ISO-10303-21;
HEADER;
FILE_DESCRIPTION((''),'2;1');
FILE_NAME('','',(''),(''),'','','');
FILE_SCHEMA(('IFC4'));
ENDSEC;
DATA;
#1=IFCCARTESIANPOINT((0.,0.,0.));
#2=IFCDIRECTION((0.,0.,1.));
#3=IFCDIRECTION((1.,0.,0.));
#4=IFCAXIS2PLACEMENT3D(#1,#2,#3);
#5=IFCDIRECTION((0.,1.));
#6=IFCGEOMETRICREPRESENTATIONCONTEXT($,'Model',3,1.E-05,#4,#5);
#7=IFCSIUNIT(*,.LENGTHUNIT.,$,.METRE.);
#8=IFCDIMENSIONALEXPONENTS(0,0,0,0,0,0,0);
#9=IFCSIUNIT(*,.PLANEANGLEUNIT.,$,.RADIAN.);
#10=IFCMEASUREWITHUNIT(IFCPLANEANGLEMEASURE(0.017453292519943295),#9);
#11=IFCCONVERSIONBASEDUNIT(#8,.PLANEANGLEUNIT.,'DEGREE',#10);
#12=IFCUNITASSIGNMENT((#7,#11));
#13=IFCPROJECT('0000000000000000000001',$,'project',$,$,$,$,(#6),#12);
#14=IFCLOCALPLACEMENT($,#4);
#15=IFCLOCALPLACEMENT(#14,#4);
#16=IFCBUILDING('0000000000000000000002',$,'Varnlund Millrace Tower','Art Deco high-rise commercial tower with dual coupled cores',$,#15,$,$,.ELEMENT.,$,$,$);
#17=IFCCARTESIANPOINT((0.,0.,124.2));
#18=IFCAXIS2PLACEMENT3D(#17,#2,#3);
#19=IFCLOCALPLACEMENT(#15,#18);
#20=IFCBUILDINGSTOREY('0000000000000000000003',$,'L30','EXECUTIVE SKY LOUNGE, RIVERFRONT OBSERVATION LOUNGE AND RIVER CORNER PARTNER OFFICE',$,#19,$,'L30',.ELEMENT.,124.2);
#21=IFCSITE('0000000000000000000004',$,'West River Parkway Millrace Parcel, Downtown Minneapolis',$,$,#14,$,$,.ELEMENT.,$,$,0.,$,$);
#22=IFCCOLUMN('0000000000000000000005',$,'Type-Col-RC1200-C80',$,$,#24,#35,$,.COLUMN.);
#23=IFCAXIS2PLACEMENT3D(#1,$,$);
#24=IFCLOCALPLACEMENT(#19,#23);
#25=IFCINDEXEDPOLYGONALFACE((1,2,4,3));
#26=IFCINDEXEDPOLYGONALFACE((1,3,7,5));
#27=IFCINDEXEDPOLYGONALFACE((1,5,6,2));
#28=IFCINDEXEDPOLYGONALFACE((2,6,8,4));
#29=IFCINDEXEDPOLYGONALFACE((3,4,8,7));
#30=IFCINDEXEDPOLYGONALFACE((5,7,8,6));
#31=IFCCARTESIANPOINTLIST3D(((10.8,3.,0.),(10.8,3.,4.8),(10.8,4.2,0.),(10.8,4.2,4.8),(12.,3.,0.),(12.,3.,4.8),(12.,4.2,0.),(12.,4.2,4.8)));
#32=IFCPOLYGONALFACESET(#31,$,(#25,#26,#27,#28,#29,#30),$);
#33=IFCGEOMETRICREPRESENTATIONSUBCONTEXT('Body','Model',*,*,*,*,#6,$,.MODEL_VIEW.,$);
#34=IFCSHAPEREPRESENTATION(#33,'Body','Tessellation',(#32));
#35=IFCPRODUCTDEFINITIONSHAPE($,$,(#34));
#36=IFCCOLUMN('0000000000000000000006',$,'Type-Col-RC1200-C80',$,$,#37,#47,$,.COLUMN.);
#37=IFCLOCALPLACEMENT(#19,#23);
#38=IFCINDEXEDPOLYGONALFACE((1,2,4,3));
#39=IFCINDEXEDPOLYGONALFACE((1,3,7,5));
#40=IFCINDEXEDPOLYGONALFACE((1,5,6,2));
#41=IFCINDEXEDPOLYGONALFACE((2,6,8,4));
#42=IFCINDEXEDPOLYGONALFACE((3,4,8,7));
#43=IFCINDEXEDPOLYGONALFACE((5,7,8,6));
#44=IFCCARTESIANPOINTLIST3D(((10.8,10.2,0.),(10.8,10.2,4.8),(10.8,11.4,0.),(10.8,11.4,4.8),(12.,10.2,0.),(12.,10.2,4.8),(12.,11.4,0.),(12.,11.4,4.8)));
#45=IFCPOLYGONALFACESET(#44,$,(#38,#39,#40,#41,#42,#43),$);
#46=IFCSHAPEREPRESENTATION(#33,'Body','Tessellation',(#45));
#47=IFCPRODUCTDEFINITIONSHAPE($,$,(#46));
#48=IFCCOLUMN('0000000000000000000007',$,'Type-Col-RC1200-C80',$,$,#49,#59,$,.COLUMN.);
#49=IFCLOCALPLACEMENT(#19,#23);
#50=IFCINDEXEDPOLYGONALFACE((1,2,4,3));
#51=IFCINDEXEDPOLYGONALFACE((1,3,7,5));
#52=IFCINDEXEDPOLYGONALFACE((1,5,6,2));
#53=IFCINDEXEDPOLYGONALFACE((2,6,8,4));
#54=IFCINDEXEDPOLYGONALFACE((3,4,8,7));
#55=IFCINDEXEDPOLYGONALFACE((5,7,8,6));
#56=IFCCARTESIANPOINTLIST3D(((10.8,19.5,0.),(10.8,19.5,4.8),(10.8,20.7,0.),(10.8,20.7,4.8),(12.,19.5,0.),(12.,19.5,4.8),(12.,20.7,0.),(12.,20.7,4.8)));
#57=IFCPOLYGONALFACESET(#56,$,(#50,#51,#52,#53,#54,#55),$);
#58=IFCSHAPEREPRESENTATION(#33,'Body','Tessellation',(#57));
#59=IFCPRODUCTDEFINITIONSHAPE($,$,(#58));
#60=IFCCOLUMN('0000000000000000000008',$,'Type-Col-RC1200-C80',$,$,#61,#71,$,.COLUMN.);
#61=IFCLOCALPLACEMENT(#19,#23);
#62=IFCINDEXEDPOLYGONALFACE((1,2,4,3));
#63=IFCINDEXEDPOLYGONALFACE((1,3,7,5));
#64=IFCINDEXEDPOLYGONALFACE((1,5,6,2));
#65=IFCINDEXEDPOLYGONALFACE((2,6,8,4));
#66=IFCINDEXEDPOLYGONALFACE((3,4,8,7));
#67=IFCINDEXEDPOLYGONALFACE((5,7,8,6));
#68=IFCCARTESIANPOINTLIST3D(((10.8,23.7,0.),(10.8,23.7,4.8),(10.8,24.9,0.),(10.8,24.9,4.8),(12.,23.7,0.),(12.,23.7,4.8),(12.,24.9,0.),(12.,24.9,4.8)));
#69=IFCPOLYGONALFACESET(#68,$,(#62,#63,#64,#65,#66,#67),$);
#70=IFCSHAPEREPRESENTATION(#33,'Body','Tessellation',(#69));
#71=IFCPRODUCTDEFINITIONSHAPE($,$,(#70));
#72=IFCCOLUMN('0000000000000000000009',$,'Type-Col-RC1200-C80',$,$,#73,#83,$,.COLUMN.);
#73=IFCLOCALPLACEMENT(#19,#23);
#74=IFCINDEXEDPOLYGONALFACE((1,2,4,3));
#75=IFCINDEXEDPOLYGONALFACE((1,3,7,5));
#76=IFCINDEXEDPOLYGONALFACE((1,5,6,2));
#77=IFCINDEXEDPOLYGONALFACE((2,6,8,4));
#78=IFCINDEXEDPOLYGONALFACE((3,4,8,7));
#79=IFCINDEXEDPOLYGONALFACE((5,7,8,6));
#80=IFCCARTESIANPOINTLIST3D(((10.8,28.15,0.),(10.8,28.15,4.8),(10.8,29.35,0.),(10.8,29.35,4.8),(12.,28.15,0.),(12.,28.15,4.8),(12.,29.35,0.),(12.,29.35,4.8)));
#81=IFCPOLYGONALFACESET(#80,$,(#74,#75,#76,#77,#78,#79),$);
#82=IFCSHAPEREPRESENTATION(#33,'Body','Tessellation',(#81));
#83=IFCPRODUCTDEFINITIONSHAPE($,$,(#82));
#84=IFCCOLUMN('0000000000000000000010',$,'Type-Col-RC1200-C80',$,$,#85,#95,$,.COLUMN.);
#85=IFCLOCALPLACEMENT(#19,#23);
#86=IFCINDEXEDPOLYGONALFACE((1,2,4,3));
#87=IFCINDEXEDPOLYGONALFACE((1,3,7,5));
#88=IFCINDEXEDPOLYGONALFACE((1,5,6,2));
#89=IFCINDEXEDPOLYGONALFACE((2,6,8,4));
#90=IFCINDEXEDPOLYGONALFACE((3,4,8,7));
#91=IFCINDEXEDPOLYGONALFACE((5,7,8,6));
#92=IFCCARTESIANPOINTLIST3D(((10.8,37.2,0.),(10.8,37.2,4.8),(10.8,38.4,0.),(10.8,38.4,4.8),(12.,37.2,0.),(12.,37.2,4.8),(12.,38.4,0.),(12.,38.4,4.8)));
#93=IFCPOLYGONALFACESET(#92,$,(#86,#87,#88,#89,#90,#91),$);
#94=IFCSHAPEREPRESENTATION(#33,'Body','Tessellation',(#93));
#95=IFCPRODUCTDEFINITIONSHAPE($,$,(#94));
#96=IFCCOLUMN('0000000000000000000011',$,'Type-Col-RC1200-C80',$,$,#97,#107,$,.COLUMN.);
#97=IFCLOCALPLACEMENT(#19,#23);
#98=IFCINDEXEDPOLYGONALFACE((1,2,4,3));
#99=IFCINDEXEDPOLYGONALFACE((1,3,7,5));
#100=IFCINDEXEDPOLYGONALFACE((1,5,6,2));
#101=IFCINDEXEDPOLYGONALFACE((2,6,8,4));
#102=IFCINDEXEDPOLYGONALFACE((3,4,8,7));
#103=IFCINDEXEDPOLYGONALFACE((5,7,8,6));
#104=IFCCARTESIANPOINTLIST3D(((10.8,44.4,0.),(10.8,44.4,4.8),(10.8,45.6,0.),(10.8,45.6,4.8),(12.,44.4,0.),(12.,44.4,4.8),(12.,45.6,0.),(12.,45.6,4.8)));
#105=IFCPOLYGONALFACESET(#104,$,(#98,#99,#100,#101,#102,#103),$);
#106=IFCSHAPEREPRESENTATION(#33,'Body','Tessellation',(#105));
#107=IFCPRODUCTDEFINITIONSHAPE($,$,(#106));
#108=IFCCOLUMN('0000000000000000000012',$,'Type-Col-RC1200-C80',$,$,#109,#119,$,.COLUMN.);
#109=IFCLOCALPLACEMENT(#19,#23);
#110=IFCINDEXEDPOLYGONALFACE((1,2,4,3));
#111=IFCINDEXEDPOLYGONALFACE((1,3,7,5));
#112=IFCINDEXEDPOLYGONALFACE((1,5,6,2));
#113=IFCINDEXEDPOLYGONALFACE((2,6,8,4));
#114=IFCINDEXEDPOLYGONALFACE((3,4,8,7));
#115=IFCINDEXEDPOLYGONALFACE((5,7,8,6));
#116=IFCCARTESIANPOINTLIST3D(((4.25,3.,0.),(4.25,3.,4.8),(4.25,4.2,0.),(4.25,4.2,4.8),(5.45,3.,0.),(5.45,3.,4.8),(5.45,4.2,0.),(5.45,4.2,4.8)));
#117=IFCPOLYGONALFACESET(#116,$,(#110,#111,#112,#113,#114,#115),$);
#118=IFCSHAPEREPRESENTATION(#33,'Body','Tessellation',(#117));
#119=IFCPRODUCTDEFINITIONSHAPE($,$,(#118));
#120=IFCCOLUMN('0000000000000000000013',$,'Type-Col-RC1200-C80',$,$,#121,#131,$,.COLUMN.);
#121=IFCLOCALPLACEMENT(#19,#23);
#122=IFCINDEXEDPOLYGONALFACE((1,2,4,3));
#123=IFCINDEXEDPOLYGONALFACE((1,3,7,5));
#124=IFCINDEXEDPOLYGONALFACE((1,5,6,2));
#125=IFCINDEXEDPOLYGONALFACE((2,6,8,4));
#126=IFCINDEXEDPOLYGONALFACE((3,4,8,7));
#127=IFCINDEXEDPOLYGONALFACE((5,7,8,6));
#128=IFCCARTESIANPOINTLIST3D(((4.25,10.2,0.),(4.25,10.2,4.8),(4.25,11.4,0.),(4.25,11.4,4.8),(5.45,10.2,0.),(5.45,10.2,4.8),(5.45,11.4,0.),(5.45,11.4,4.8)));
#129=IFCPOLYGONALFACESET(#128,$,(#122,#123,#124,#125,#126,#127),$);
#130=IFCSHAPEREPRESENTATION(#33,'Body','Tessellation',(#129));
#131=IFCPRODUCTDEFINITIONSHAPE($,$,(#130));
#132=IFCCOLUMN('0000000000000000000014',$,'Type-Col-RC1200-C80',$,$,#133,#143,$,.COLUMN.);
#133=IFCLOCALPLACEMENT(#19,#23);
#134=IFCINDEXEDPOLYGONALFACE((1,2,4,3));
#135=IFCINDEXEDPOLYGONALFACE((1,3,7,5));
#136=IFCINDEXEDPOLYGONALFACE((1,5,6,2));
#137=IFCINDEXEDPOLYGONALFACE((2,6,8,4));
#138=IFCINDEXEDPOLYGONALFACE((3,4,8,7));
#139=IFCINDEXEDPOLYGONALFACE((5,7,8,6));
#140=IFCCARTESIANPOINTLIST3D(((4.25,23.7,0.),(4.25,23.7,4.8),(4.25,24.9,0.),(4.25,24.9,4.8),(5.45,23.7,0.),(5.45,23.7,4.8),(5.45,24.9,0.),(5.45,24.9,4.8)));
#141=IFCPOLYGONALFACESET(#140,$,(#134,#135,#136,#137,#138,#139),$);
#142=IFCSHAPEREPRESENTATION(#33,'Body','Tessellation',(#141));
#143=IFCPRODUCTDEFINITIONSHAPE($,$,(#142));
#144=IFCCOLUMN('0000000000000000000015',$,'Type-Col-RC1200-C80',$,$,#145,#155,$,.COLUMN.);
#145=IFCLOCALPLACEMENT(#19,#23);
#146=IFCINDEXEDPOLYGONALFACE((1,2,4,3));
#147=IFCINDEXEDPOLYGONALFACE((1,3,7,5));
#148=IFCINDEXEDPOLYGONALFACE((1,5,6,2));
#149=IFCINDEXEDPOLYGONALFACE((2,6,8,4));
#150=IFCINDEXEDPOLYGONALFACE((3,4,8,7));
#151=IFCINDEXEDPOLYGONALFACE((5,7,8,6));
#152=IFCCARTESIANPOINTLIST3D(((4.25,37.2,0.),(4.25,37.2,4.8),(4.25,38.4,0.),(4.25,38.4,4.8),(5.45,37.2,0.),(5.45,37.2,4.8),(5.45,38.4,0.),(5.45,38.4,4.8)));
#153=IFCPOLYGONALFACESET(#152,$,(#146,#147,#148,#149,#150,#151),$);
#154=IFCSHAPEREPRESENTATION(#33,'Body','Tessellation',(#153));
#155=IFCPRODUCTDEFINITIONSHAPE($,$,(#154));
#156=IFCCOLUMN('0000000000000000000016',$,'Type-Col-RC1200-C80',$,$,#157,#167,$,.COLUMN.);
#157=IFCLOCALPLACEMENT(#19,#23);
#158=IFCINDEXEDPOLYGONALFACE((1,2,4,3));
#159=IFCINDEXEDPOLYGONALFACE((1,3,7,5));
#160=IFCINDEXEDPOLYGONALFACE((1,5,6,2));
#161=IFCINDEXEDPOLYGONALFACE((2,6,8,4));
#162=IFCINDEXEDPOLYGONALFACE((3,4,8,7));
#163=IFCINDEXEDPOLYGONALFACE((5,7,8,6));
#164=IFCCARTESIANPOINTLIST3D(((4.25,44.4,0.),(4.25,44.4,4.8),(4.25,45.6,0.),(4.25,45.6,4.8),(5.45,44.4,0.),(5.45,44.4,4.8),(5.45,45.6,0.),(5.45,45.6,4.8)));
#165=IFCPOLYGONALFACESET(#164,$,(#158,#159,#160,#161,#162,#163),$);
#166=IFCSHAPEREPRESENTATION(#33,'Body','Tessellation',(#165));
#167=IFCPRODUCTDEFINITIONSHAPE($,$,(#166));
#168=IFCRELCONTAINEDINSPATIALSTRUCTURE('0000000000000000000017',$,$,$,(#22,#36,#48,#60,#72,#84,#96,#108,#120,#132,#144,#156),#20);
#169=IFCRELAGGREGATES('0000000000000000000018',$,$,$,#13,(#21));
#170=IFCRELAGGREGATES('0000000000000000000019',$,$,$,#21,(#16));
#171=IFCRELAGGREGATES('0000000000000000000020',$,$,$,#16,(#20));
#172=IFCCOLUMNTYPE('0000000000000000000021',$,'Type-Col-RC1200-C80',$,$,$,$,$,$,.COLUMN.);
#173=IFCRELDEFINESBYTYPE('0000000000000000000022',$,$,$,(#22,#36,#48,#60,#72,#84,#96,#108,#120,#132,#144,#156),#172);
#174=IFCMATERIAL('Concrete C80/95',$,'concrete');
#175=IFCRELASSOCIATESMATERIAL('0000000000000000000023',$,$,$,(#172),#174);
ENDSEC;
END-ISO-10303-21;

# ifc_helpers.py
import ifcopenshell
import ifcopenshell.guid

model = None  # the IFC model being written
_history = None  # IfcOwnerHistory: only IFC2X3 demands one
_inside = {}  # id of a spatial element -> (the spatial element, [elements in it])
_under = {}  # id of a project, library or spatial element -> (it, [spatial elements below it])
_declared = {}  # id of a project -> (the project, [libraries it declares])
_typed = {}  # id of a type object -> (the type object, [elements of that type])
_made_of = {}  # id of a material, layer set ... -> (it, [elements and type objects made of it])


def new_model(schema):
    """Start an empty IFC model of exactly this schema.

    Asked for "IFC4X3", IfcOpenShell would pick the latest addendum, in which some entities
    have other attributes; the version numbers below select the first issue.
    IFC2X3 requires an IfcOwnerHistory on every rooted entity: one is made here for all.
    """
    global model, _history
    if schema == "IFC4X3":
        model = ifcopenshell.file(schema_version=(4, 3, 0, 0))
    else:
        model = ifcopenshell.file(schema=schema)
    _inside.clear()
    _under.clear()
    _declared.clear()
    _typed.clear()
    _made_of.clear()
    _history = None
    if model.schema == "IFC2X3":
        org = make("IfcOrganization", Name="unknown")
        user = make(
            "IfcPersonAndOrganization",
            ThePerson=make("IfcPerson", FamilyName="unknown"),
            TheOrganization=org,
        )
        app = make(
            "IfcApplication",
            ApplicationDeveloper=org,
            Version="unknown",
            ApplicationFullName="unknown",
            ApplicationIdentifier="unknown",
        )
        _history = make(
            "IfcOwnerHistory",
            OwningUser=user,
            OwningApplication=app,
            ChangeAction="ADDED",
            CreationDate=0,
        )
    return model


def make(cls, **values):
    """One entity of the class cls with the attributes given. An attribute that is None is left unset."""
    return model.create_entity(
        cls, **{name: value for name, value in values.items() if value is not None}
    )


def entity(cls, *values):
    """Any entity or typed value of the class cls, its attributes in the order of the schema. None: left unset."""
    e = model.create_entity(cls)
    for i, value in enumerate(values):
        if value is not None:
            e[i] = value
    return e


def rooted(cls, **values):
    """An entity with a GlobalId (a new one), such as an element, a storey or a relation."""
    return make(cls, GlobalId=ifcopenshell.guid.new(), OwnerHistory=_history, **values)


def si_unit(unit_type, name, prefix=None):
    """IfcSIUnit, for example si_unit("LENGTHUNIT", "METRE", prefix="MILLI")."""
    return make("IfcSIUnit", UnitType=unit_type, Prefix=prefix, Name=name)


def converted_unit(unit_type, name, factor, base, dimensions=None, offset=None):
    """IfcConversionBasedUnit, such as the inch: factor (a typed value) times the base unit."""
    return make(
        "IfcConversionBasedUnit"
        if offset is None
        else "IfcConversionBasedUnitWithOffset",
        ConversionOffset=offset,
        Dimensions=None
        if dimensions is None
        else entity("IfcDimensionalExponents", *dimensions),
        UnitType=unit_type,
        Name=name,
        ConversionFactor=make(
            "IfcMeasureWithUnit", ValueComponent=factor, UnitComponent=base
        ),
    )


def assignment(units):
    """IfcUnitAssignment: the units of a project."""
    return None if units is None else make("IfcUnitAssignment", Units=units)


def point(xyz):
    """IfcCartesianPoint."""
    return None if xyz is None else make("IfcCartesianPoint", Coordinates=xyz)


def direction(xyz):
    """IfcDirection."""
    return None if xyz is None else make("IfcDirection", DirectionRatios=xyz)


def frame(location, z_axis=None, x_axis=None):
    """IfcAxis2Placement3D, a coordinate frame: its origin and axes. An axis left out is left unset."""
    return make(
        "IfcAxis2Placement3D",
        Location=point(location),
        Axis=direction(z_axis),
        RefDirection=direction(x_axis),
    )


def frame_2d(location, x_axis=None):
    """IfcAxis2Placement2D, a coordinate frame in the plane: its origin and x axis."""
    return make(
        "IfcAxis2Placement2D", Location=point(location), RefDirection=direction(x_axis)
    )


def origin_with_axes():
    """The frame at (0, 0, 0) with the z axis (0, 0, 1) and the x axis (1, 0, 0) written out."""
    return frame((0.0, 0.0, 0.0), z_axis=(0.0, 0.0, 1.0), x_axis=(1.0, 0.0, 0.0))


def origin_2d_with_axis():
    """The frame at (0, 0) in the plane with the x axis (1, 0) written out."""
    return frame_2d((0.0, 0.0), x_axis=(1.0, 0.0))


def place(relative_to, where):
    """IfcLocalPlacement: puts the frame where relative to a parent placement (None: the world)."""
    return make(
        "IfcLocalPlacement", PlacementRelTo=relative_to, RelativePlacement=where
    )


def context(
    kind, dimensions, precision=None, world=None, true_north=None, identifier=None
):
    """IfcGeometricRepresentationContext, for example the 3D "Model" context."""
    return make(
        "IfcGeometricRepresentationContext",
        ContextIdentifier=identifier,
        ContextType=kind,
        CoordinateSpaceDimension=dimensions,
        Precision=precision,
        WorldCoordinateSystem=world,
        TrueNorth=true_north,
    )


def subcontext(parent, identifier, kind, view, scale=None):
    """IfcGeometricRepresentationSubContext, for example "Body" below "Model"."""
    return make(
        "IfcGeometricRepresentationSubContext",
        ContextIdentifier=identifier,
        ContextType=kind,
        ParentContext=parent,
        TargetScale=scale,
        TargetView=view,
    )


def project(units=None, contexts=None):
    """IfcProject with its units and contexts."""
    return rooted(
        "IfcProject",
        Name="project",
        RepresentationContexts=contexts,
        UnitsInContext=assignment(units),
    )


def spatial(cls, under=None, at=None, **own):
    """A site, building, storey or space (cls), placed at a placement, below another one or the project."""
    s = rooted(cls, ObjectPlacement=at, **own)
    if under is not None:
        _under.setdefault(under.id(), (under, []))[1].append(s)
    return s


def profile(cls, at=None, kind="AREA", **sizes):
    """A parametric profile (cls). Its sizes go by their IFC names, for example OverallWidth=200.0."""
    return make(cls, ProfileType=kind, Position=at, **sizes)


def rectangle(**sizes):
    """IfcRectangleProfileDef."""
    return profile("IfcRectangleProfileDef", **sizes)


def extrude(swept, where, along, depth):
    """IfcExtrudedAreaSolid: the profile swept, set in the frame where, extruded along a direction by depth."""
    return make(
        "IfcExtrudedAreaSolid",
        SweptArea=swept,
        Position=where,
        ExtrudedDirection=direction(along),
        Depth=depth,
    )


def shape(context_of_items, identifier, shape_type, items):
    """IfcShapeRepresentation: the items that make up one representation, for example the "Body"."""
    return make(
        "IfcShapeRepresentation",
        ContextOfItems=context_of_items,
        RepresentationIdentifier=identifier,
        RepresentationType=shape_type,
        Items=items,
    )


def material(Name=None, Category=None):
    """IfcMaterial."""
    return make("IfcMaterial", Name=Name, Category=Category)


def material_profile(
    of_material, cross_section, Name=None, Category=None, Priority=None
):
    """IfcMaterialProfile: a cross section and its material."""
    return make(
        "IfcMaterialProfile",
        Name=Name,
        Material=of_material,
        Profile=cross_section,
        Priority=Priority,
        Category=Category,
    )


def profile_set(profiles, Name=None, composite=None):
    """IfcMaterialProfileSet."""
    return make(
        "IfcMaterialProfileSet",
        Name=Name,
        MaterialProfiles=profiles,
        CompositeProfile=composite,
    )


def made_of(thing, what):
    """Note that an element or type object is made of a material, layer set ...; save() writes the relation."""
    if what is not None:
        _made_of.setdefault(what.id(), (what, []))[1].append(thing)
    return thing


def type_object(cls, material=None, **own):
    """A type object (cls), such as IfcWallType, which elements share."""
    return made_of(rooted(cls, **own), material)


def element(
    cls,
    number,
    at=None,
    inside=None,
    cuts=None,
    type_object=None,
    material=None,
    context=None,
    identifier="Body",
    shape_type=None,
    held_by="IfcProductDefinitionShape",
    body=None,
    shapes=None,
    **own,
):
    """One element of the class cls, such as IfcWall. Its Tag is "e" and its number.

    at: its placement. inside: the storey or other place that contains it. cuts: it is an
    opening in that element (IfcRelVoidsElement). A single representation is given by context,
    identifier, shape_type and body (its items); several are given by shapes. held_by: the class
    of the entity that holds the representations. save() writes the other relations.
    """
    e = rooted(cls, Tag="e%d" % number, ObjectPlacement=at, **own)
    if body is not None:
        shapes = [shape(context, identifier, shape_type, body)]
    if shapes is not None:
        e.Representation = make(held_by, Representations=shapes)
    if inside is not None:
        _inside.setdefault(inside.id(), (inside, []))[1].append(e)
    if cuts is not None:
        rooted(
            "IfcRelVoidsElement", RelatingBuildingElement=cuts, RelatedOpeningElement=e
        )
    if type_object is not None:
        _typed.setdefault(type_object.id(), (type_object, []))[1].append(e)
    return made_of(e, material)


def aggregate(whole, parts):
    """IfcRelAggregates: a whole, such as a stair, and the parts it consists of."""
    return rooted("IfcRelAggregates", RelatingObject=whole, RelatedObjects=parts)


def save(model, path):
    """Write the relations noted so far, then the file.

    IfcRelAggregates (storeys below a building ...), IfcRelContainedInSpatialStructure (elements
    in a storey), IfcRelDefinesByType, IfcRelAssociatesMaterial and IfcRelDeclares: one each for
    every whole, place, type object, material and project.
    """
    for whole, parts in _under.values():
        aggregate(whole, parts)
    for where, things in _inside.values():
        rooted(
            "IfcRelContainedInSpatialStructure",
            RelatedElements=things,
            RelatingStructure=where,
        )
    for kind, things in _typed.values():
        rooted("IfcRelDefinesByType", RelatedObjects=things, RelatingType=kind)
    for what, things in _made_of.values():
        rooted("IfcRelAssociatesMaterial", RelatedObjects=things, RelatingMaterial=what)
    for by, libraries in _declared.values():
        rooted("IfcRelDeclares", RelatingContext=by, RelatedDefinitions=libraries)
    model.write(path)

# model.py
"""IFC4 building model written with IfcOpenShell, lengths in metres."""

from ifc_helpers import new_model, entity, si_unit, converted_unit, direction, frame, origin_with_axes, origin_2d_with_axis, place, context, subcontext, project, spatial, rectangle, extrude, material, material_profile, profile_set, type_object, element, save


model = new_model("IFC4")

# Units and contexts
model_context = context("Model", 3, precision=1e-05, world=origin_with_axes(), true_north=direction((0.0, 1.0)))
body_context = subcontext(model_context, "Body", "Model", "MODEL_VIEW")
ifc_project = project(units=[si_unit("LENGTHUNIT", "METRE"), converted_unit("PLANEANGLEUNIT", "DEGREE", entity("IfcPlaneAngleMeasure", 0.017453292519943295), si_unit("PLANEANGLEUNIT", "RADIAN"), dimensions=[0, 0, 0, 0, 0, 0, 0])], contexts=[model_context])

# Site, building, storey
site_placement = place(None, origin_with_axes())
site = spatial("IfcSite", under=ifc_project, at=site_placement, Name="West River Parkway Millrace Parcel, Downtown Minneapolis", CompositionType="ELEMENT", RefElevation=0.0)
building_placement = place(site_placement, origin_with_axes())
building = spatial("IfcBuilding", under=site, at=building_placement, Name="Varnlund Millrace Tower", Description="Art Deco high-rise commercial tower with dual coupled cores", CompositionType="ELEMENT")
storey_placement = place(building_placement, frame((0.0, 0.0, 124.2), z_axis=(0.0, 0.0, 1.0), x_axis=(1.0, 0.0, 0.0)))
storey = spatial("IfcBuildingStorey", under=building, at=storey_placement, Name="L30", Description="EXECUTIVE SKY LOUNGE, RIVERFRONT OBSERVATION LOUNGE AND RIVER CORNER PARTNER OFFICE", LongName="L30", CompositionType="ELEMENT", Elevation=124.2)

# Columns
ifc_material_1 = material(Name="Concrete C80/95", Category="concrete")
ifc_material_profile = material_profile(ifc_material_1, rectangle(XDim=1.2, YDim=1.2, at=origin_2d_with_axis()), Name="Concrete C80/95")
ifc_profile_set = profile_set([ifc_material_profile], Name="Concrete C80/95")
column_type = type_object("IfcColumnType", Name="Type-Col-RC1200-C80", PredefinedType="COLUMN", material=ifc_profile_set)
for number, where, z_axis, x_axis, name in (
    (1, (11.4, 3.6, 0.0), (0.0, 0.0, 1.0), (1.0, 0.0, 0.0), "Type-Col-RC1200-C80"),
    (2, (11.4, 10.8, 0.0), (0.0, 0.0, 1.0), (1.0, 0.0, 0.0), "Type-Col-RC1200-C80"),
    (3, (11.4, 20.1, 0.0), (0.0, 0.0, 1.0), (1.0, 0.0, 0.0), "Type-Col-RC1200-C80"),
    (4, (11.4, 24.3, 0.0), (0.0, 0.0, 1.0), (1.0, 0.0, 0.0), "Type-Col-RC1200-C80"),
    (5, (11.4, 28.75, 0.0), (0.0, 0.0, 1.0), (1.0, 0.0, 0.0), "Type-Col-RC1200-C80"),
    (6, (11.4, 37.8, 0.0), (0.0, 0.0, 1.0), (1.0, 0.0, 0.0), "Type-Col-RC1200-C80"),
    (7, (11.4, 45.0, 0.0), (0.0, 0.0, 1.0), (1.0, 0.0, 0.0), "Type-Col-RC1200-C80"),
    (8, (4.85, 3.6, 0.0), (0.0, 0.0, 1.0), (1.0, 0.0, 0.0), "Type-Col-RC1200-C80"),
    (9, (4.85, 10.8, 0.0), (0.0, 0.0, 1.0), (1.0, 0.0, 0.0), "Type-Col-RC1200-C80"),
    (10, (4.85, 24.3, 0.0), (0.0, 0.0, 1.0), (1.0, 0.0, 0.0), "Type-Col-RC1200-C80"),
    (11, (4.85, 37.8, 0.0), (0.0, 0.0, 1.0), (1.0, 0.0, 0.0), "Type-Col-RC1200-C80"),
    (12, (4.85, 45.0, 0.0), (0.0, 0.0, 1.0), (1.0, 0.0, 0.0), "Type-Col-RC1200-C80"),
):
    element("IfcColumn", number, at=place(storey_placement, frame(where, z_axis=z_axis, x_axis=x_axis)), inside=storey, type_object=column_type, Name=name, PredefinedType="COLUMN", context=body_context, shape_type="SweptSolid", body=[
        extrude(rectangle(XDim=1.2, YDim=1.2, at=origin_2d_with_axis()), origin_with_axes(), (0.0, 0.0, 1.0), 4.8),
    ])

save(model, "model.ifc")
